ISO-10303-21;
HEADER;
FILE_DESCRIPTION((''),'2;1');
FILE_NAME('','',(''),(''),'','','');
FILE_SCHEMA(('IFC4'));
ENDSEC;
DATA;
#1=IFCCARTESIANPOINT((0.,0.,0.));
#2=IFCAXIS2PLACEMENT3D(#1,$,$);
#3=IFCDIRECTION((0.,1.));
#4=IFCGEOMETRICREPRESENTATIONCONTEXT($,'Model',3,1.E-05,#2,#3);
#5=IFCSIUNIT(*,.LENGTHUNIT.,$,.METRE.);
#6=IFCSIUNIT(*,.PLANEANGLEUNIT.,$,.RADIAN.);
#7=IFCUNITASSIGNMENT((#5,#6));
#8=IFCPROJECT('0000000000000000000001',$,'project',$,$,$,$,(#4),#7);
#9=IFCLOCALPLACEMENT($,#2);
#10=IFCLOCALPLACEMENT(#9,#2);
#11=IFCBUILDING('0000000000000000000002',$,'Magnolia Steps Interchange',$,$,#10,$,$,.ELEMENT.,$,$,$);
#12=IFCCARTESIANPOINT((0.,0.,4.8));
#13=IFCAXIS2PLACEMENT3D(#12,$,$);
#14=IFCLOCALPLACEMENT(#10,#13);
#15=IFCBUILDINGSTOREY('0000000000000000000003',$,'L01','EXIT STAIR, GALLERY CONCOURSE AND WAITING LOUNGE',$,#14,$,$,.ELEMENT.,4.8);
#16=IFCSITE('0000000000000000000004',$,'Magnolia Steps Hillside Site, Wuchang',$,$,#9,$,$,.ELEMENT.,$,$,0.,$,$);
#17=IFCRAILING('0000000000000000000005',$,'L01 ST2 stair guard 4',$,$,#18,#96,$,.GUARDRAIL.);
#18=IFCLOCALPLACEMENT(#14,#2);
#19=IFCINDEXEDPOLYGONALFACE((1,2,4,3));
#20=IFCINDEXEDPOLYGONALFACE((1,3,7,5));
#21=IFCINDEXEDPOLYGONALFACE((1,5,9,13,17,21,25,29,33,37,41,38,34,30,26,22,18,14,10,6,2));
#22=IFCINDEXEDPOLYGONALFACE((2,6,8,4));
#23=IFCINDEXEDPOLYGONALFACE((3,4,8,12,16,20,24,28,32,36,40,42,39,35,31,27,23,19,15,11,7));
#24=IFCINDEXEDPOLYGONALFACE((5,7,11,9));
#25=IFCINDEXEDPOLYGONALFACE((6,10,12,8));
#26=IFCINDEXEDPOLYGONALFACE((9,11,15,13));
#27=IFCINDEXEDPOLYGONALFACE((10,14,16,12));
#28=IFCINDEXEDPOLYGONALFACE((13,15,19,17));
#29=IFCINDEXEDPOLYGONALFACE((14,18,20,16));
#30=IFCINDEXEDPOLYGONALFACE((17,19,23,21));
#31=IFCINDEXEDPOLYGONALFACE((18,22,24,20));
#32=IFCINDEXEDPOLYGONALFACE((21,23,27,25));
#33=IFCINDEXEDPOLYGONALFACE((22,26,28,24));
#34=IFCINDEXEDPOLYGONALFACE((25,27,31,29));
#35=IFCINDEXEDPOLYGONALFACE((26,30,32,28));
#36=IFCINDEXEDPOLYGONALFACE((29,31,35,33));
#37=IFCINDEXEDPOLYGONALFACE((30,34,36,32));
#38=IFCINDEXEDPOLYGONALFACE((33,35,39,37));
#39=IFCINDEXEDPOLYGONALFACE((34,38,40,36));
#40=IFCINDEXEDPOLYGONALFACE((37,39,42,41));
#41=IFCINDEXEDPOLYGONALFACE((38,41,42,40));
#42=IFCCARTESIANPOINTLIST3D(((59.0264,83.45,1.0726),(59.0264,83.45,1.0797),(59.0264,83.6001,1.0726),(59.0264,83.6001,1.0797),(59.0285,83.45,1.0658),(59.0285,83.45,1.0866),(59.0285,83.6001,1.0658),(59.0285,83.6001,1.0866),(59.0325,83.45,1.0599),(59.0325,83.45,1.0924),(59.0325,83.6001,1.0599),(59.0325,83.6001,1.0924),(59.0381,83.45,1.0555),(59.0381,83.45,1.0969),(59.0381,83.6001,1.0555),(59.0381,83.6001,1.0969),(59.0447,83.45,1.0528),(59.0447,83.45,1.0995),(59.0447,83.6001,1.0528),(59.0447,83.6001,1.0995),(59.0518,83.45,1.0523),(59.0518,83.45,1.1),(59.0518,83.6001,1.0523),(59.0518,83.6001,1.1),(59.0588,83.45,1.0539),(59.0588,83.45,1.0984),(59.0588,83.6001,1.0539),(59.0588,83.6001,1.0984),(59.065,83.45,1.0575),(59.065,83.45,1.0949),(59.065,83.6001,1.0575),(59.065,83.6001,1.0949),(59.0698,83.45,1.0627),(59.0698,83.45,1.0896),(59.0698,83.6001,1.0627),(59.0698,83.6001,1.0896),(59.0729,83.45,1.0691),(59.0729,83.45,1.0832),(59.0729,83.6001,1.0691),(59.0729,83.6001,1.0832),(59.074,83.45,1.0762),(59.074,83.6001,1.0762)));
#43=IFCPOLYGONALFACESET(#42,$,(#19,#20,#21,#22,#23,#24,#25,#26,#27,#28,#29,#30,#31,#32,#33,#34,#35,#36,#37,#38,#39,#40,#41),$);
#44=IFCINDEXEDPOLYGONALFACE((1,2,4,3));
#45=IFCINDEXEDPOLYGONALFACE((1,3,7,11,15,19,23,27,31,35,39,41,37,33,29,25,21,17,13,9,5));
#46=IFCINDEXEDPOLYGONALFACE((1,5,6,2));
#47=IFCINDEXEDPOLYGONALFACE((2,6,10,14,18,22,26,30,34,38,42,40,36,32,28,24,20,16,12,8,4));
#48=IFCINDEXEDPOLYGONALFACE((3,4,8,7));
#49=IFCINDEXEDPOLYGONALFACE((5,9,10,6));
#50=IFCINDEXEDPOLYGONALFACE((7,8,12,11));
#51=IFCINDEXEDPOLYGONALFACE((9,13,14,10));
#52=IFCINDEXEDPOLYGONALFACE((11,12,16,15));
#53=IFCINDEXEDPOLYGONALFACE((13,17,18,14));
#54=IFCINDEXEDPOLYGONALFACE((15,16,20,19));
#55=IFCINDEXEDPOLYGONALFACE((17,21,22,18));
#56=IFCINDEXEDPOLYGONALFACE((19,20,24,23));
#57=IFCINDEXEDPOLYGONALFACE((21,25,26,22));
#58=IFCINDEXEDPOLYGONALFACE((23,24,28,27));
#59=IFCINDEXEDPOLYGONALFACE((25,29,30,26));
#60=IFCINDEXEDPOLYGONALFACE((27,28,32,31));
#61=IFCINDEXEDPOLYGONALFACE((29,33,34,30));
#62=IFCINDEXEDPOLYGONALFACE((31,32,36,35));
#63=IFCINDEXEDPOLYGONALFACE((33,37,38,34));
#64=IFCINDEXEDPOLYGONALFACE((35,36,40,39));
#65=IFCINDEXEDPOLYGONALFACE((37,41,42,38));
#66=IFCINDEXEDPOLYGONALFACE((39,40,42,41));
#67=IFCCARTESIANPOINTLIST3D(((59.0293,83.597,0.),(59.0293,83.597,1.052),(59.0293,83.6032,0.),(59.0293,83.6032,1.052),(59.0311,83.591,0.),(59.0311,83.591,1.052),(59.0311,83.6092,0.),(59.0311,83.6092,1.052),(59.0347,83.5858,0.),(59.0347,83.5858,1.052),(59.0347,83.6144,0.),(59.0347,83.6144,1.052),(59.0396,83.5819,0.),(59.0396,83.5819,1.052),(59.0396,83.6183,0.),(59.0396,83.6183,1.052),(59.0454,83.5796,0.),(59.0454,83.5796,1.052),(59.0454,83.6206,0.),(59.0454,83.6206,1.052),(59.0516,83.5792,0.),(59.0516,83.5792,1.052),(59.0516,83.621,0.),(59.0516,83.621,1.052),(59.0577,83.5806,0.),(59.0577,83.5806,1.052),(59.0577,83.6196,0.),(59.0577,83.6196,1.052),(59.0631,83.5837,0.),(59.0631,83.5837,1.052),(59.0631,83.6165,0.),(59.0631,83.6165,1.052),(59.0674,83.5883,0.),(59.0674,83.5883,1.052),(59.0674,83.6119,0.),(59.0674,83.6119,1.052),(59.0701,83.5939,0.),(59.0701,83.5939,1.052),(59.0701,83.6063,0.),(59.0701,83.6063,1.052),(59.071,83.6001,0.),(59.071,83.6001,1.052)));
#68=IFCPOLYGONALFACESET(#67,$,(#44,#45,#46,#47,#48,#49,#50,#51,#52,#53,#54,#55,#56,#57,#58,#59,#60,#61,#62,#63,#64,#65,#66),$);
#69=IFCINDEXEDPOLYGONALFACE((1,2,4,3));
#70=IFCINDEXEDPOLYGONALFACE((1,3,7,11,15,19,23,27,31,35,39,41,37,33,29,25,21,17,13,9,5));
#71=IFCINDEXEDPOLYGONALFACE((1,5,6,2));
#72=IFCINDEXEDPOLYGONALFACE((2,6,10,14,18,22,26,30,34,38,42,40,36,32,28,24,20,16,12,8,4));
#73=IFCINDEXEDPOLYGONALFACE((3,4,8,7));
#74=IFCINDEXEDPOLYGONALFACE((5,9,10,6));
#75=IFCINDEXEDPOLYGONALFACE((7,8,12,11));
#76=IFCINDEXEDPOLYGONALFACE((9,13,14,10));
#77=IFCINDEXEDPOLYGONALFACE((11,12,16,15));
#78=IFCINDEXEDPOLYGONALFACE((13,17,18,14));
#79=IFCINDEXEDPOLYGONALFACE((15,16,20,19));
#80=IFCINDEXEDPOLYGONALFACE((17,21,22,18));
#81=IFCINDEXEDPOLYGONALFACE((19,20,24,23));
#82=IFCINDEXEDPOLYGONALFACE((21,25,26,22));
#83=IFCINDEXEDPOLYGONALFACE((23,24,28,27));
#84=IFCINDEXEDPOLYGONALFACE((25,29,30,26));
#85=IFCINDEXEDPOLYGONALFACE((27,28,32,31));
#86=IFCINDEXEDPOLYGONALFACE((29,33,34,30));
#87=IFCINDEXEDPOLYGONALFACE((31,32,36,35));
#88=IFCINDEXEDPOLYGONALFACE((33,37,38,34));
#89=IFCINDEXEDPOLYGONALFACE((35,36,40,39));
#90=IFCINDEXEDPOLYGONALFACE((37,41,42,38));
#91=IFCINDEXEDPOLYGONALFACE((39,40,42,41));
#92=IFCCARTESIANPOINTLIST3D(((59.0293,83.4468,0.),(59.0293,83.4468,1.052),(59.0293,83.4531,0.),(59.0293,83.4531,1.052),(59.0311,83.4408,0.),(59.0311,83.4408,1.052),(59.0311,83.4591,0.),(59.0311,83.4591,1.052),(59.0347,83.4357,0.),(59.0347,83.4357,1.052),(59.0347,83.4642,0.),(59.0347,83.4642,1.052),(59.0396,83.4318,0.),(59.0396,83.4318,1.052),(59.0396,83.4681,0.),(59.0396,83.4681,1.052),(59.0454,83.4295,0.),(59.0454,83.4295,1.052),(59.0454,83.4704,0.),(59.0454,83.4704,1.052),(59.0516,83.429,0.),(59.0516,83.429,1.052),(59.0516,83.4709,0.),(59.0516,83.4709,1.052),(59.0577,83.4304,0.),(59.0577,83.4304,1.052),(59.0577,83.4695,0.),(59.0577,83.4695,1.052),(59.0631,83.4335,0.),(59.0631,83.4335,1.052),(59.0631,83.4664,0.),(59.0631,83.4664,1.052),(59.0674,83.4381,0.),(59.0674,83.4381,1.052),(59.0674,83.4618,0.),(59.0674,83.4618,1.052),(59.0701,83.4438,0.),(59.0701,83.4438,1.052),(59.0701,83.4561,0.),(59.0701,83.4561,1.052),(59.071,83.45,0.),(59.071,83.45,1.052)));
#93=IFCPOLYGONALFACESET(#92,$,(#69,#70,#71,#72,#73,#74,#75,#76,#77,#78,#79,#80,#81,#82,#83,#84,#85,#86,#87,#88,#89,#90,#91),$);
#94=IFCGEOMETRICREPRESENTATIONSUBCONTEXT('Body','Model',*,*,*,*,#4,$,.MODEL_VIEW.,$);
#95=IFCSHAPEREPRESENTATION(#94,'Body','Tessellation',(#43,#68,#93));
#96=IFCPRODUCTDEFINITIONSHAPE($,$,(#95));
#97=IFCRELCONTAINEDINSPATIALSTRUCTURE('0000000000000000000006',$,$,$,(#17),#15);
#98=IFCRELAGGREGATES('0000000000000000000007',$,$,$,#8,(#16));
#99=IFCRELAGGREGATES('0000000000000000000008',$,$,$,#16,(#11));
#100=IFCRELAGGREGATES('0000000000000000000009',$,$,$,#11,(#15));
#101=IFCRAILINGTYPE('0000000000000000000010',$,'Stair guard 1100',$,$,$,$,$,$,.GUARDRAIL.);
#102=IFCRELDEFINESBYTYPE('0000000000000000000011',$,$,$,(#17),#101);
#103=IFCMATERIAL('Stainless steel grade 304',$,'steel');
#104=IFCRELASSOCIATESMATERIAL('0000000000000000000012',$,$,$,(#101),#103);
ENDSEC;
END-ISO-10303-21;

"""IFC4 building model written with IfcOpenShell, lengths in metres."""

from ifc_helpers import new_model, si_unit, direction, frame, origin, origin_2d, place, context, subcontext, project, spatial, circle, extrude, material, type_object, element, save


model = new_model("IFC4")

# Units and contexts
model_context = context("Model", 3, precision=1e-05, world=origin(), true_north=direction((0.0, 1.0)))
body_context = subcontext(model_context, "Body", "Model", "MODEL_VIEW")
ifc_project = project(units=[si_unit("LENGTHUNIT", "METRE"), si_unit("PLANEANGLEUNIT", "RADIAN")], contexts=[model_context])

# Site, building, storey
site_placement = place(None, origin())
site = spatial("IfcSite", under=ifc_project, at=site_placement, Name="Magnolia Steps Hillside Site, Wuchang", CompositionType="ELEMENT", RefElevation=0.0)
building_placement = place(site_placement, origin())
building = spatial("IfcBuilding", under=site, at=building_placement, Name="Magnolia Steps Interchange", CompositionType="ELEMENT")
storey_placement = place(building_placement, frame((0.0, 0.0, 4.8)))
storey = spatial("IfcBuildingStorey", under=building, at=storey_placement, Name="L01", Description="EXIT STAIR, GALLERY CONCOURSE AND WAITING LOUNGE", CompositionType="ELEMENT", Elevation=4.8)

# Railing
ifc_material_1 = material(Name="Stainless steel grade 304", Category="steel")
railing_type_1 = type_object("IfcRailingType", Name="Stair guard 1100", PredefinedType="GUARDRAIL", material=ifc_material_1)
railing_1_placement = place(storey_placement, frame((59.05, 83.6001, 0.0)))
element("IfcRailing", 1, at=railing_1_placement, inside=storey, type_object=railing_type_1, Name="L01 ST2 stair guard 4", PredefinedType="GUARDRAIL", context=body_context, shape_type="SweptSolid", body=[
    extrude(circle(Radius=0.0239, at=origin_2d()), frame((0.0, 0.0, 1.0762), z_axis=(0.0, -1.0, 0.0), x_axis=(1.0, 0.0, 0.0)), (0.0, 0.0, 1.0), 0.1501),
    extrude(circle(Radius=0.021, at=origin_2d()), origin(), (0.0, 0.0, 1.0), 1.052),
    extrude(circle(Radius=0.021, at=origin_2d()), frame((0.0, -0.1501, 0.0)), (0.0, 0.0, 1.0), 1.052),
])

save(model, "model.ifc")
